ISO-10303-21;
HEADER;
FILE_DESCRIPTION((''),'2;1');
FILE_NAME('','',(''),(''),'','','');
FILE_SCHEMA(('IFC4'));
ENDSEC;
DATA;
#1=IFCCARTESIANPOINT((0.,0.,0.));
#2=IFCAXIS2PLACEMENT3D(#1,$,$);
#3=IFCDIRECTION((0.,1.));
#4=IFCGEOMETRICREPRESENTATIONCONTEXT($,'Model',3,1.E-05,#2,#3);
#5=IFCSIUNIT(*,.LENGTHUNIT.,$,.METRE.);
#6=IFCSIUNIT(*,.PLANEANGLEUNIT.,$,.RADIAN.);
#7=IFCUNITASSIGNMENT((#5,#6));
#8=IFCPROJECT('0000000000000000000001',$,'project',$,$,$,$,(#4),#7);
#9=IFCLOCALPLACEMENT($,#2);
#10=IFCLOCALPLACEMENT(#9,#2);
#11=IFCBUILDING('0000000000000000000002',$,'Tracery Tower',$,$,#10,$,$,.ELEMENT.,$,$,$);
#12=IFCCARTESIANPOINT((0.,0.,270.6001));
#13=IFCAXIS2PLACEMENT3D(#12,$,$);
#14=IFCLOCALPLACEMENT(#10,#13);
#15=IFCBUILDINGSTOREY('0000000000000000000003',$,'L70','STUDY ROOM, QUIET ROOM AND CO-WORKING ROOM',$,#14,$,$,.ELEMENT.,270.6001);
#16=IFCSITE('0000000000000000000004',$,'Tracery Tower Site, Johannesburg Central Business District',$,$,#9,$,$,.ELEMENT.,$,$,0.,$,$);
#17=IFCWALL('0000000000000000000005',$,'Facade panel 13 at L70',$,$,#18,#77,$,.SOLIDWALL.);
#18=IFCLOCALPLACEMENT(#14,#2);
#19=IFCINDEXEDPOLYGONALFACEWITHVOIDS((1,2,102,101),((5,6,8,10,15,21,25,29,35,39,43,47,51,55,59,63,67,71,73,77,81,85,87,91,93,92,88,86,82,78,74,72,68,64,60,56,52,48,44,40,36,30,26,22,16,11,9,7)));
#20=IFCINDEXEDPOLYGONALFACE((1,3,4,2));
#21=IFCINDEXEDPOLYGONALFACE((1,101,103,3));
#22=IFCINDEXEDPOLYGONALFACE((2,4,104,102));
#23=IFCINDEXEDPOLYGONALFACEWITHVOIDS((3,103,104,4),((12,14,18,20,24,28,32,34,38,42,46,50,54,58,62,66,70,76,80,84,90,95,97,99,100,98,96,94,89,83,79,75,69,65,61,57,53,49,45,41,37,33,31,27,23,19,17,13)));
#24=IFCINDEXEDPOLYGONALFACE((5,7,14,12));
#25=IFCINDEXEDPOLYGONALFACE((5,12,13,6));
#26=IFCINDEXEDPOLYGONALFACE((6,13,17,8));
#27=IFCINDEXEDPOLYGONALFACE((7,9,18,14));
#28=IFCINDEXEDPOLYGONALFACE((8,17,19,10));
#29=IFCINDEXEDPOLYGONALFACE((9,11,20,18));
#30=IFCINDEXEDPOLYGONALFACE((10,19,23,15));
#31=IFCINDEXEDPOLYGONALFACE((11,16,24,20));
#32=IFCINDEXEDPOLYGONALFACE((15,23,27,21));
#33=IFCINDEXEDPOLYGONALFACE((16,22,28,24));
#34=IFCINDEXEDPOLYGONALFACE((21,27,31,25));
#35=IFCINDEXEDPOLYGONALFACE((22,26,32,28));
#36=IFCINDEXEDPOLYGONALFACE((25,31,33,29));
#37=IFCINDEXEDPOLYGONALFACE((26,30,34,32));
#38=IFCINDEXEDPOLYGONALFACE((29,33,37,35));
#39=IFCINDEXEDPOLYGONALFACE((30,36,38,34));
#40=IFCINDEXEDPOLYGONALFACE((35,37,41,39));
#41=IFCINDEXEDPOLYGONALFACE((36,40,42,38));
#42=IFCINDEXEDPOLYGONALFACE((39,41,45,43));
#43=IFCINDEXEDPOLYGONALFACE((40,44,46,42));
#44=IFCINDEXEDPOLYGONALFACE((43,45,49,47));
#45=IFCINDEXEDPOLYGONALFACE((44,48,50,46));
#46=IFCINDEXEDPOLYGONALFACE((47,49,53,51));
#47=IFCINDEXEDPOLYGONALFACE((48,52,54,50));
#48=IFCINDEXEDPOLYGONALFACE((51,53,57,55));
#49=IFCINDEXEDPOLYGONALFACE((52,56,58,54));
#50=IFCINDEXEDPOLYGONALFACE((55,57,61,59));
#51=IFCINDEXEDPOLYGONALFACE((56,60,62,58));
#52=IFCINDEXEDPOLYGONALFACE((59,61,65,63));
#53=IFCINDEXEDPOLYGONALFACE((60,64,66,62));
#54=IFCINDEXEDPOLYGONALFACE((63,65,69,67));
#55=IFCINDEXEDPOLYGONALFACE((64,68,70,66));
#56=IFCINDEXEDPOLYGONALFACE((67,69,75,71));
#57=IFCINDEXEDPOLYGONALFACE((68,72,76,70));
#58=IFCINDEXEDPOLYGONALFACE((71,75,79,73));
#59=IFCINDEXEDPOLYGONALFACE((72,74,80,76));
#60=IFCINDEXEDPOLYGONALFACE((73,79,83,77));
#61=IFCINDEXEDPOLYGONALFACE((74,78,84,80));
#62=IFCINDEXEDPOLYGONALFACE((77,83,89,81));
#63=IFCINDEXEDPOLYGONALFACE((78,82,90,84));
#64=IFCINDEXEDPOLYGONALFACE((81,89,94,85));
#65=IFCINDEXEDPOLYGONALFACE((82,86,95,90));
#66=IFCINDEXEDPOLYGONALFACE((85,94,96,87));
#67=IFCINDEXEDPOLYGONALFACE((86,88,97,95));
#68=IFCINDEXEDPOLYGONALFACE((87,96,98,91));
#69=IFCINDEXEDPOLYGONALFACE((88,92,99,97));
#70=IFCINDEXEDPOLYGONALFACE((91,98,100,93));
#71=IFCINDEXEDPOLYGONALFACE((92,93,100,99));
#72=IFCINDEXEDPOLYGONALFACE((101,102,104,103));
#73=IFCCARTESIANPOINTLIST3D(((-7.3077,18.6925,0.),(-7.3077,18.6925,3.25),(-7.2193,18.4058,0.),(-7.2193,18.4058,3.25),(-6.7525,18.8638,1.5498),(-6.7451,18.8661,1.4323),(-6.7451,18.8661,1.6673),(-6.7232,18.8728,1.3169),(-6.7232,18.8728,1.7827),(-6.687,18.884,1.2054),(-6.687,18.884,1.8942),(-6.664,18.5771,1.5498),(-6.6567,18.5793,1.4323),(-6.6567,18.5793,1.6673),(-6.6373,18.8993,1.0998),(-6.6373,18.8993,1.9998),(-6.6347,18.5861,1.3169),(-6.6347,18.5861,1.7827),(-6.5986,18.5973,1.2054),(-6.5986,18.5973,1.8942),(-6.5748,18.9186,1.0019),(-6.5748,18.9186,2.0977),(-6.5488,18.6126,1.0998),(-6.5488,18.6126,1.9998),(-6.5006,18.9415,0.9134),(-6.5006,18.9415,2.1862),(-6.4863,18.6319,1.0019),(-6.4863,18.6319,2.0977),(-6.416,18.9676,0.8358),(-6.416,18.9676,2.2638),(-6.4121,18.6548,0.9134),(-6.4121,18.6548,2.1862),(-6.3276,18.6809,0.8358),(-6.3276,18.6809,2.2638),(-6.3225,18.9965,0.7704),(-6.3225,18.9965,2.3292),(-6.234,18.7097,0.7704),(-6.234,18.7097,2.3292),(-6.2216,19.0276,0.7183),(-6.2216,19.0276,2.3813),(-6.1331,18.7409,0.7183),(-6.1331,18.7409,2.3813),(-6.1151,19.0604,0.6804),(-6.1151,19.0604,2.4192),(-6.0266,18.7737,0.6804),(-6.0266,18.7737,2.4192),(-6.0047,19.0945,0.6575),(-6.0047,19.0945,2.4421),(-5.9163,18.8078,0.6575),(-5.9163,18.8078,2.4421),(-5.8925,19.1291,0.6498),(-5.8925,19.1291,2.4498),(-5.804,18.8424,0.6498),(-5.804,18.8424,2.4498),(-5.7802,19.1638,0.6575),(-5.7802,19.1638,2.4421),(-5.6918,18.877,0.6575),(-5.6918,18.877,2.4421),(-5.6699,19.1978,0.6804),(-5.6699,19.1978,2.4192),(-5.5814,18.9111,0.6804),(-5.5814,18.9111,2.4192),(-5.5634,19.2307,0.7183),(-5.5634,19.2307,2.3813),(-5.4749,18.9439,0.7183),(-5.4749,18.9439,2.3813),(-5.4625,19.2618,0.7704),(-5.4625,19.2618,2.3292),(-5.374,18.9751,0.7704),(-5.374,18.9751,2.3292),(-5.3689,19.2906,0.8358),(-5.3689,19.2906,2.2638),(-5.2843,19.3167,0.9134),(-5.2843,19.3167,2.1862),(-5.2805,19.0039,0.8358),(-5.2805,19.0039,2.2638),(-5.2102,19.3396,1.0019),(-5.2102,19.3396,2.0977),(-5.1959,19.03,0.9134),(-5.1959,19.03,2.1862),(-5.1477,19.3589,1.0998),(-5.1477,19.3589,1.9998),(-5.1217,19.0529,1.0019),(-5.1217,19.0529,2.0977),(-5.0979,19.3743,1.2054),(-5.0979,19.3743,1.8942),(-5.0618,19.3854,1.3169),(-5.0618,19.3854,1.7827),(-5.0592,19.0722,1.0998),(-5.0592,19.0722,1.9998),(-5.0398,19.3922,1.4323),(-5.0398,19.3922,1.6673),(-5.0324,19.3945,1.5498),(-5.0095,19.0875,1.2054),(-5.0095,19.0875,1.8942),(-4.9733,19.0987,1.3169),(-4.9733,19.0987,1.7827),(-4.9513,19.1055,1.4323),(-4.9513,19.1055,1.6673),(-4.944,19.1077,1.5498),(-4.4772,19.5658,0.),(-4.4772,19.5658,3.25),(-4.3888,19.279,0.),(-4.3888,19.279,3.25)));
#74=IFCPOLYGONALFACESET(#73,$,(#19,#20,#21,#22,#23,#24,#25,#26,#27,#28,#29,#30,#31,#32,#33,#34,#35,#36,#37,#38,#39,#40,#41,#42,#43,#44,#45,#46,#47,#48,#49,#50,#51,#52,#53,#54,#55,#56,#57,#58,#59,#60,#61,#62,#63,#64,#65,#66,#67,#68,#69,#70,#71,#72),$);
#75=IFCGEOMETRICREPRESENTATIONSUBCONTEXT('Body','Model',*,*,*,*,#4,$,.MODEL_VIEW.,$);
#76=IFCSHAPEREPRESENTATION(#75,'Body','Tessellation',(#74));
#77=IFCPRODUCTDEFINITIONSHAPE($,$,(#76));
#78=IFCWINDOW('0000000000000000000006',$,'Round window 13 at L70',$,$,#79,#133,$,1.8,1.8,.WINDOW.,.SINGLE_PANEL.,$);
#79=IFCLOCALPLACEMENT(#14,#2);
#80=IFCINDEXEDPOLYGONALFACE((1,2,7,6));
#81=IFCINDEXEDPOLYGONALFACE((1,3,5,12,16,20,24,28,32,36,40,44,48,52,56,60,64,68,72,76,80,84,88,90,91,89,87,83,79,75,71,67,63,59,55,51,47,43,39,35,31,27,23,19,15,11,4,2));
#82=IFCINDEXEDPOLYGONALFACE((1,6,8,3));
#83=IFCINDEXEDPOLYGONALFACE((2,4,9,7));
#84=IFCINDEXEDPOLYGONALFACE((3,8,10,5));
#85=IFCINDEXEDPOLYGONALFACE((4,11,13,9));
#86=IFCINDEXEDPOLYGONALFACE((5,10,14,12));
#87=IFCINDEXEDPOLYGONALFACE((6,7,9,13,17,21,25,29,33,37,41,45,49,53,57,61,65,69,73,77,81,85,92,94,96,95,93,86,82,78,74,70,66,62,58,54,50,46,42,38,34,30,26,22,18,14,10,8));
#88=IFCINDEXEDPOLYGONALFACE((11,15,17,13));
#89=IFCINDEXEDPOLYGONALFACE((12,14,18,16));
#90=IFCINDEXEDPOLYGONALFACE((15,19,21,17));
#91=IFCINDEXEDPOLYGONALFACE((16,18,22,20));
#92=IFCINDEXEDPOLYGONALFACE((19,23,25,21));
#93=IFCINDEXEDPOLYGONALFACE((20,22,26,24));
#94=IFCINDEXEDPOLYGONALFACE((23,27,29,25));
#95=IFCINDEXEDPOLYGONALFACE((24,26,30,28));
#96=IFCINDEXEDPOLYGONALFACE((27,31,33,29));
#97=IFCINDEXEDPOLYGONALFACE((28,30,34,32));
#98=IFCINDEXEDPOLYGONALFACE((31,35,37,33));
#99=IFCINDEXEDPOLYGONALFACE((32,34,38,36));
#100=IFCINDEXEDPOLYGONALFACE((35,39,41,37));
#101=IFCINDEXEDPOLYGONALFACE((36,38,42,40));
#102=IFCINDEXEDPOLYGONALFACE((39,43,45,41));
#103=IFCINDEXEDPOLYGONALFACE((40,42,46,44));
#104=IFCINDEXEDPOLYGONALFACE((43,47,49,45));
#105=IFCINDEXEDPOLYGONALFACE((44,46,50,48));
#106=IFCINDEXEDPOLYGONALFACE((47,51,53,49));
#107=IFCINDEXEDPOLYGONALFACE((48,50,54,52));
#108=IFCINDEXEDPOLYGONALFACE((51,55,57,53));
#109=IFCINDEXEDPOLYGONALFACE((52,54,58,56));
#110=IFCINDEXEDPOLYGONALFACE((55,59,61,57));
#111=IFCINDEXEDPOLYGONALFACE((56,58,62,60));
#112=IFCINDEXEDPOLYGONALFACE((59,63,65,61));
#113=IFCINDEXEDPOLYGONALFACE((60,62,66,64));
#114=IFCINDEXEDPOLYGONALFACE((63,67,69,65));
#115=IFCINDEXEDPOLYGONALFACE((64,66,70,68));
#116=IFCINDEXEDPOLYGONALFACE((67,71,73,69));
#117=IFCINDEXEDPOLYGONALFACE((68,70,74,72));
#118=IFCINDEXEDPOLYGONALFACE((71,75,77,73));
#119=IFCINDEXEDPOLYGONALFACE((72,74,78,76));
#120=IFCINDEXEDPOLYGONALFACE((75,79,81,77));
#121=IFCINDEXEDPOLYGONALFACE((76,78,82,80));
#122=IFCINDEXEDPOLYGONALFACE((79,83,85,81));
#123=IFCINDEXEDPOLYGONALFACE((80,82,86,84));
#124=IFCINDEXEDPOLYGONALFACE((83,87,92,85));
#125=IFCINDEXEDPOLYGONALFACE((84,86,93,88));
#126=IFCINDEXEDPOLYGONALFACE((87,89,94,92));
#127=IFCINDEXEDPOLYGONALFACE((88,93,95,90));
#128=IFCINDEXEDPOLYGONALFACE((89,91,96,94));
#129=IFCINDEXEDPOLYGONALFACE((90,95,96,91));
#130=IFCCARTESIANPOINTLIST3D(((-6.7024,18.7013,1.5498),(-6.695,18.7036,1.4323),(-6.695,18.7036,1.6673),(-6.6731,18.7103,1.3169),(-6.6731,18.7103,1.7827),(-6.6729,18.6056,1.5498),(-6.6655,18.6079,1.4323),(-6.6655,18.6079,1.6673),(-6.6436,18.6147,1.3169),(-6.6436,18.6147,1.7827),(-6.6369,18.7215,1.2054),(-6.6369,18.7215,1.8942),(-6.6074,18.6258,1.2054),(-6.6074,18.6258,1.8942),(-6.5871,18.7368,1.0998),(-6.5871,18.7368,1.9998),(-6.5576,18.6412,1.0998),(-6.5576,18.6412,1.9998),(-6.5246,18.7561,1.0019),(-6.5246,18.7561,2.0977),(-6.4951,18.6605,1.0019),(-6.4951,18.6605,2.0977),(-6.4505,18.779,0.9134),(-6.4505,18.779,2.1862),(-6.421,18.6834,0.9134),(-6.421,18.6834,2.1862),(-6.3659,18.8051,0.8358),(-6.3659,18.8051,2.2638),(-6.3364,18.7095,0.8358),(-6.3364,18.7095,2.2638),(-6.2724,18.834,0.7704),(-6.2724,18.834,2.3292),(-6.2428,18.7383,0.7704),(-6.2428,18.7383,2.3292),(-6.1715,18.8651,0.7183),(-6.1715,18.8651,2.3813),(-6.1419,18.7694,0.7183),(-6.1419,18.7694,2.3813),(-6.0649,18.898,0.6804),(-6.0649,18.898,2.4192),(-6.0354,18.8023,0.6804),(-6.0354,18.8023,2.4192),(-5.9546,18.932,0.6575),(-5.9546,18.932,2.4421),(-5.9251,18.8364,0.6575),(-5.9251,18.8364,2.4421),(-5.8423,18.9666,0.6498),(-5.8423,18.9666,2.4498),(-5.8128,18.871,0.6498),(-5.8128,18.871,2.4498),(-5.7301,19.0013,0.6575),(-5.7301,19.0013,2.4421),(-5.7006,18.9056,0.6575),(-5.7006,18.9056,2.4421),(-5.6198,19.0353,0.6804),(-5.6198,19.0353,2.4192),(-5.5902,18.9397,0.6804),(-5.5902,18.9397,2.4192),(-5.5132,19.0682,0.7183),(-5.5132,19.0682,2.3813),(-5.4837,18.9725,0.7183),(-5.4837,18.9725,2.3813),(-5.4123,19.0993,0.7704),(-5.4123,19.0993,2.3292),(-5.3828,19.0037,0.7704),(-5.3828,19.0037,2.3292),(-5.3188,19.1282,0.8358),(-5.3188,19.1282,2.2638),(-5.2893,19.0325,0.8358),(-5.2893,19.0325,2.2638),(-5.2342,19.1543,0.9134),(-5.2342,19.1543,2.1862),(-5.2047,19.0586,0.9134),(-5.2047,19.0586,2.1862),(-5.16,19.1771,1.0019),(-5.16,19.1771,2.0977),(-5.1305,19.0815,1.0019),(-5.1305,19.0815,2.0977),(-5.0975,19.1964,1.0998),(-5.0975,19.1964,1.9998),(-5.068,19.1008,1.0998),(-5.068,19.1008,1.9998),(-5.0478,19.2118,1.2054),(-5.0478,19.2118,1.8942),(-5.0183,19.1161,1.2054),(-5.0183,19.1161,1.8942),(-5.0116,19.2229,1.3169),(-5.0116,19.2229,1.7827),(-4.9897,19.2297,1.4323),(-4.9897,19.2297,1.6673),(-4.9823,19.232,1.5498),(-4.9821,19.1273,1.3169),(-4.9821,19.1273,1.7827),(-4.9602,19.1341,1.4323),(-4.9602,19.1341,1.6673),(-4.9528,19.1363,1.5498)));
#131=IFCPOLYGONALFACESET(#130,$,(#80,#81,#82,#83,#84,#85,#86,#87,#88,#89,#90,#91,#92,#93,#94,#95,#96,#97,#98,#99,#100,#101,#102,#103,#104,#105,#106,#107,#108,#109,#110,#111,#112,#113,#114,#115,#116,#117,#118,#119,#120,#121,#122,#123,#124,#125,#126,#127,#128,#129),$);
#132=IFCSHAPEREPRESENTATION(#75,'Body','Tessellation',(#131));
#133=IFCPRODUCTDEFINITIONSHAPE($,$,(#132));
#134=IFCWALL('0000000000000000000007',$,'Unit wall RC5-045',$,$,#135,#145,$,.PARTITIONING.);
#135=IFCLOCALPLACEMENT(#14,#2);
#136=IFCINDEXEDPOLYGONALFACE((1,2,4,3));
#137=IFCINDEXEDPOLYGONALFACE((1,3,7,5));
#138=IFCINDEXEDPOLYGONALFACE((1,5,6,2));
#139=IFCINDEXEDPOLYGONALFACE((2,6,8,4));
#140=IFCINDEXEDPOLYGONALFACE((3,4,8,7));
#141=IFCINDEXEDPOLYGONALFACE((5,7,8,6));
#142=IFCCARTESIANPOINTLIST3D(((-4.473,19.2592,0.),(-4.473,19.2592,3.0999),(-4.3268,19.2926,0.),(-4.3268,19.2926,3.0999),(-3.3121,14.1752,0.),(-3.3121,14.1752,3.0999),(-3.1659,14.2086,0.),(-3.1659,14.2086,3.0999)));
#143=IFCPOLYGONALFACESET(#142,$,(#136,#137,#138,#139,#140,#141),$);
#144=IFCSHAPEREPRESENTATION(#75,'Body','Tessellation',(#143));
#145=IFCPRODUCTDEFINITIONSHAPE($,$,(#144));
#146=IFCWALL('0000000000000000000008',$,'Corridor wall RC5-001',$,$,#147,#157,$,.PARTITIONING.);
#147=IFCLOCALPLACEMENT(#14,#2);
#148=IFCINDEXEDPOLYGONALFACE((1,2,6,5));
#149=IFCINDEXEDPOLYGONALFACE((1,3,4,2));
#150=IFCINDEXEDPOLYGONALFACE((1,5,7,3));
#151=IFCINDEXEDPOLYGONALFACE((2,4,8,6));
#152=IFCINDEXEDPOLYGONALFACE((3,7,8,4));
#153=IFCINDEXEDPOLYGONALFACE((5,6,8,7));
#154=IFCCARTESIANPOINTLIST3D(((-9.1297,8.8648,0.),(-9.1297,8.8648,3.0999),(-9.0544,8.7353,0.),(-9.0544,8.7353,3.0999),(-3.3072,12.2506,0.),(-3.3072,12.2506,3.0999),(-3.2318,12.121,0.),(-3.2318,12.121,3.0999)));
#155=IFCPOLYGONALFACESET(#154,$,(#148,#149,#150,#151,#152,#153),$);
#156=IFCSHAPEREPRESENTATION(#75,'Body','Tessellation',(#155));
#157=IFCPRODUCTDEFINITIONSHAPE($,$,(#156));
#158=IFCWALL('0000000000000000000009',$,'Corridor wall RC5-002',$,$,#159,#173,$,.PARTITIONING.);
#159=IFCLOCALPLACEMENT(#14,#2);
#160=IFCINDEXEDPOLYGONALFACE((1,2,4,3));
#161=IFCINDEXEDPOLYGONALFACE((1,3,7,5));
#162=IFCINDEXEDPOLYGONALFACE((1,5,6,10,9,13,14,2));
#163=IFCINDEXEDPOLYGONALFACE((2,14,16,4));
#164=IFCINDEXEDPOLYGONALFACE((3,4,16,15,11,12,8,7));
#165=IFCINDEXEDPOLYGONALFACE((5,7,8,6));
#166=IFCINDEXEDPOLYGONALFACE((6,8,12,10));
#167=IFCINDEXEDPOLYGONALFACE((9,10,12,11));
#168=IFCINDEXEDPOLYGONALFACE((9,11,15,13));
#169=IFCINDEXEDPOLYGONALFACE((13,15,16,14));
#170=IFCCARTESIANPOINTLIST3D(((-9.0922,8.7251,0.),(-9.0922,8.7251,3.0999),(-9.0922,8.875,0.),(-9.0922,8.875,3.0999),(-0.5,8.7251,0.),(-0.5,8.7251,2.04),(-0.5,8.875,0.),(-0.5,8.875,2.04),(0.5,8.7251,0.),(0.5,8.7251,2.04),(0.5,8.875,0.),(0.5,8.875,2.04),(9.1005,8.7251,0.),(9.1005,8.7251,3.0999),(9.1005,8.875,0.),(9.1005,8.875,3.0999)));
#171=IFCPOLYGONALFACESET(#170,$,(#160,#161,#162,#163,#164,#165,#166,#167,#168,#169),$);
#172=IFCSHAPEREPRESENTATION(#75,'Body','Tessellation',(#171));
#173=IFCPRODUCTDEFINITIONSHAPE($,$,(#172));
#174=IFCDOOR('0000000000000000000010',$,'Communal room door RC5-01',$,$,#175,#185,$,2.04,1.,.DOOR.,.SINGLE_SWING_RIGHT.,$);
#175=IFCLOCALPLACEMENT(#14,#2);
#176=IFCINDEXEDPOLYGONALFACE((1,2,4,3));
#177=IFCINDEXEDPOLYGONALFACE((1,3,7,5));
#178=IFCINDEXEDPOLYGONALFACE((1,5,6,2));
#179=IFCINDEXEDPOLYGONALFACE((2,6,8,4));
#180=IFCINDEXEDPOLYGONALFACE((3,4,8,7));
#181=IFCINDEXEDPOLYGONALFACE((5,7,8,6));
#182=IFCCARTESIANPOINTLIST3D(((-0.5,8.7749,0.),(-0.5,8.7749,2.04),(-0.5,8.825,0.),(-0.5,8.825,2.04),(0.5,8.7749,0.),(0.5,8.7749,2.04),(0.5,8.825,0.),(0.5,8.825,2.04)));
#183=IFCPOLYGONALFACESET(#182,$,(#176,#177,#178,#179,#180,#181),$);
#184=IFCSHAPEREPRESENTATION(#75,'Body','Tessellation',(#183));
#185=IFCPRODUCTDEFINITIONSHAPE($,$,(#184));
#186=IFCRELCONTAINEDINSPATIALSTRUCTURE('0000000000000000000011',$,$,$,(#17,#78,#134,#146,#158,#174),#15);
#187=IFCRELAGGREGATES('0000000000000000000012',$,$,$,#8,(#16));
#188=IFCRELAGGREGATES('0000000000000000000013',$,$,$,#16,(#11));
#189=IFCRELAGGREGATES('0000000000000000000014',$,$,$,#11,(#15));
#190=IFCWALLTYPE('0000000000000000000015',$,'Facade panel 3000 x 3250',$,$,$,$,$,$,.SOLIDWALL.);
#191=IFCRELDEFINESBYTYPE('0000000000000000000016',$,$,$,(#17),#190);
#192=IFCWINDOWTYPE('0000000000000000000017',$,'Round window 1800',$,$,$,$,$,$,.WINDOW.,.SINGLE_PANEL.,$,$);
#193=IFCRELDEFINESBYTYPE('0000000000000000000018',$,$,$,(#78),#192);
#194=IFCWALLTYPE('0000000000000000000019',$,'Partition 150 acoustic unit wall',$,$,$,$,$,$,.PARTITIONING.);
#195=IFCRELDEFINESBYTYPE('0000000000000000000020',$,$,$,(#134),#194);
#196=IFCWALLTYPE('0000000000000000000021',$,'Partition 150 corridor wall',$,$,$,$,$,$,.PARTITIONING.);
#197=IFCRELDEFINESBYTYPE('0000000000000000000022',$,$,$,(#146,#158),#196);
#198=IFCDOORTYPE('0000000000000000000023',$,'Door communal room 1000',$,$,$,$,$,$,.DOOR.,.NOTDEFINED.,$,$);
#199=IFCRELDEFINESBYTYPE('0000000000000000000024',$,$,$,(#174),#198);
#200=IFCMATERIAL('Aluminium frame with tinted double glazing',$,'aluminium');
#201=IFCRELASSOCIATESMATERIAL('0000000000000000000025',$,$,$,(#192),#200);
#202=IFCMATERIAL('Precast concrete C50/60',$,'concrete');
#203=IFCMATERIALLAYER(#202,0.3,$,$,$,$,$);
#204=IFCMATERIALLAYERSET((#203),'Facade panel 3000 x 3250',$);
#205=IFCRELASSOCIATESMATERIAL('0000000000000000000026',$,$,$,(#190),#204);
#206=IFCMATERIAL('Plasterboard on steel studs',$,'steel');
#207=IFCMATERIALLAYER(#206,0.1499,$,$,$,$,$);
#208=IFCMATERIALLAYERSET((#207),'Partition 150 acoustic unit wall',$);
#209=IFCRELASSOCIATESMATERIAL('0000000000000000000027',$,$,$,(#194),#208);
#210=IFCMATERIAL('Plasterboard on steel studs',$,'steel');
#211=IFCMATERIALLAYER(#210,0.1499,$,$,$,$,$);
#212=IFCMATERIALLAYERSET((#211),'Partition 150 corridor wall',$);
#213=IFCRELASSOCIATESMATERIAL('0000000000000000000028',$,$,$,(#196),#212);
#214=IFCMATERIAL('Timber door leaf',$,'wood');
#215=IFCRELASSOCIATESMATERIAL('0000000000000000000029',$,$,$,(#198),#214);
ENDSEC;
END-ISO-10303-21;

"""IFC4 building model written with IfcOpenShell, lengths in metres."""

from ifc_helpers import new_model, si_unit, direction, frame, frame_2d, origin, origin_2d, place, context, subcontext, project, spatial, rectangle, circle, extrude, material, layer, layer_set, type_object, element, fill, save


model = new_model("IFC4")

# Units and contexts
model_context = context("Model", 3, precision=1e-05, world=origin(), true_north=direction((0.0, 1.0)))
body_context = subcontext(model_context, "Body", "Model", "MODEL_VIEW")
ifc_project = project(units=[si_unit("LENGTHUNIT", "METRE"), si_unit("PLANEANGLEUNIT", "RADIAN")], contexts=[model_context])

# Site, building, storey
site_placement = place(None, origin())
site = spatial("IfcSite", under=ifc_project, at=site_placement, Name="Tracery Tower Site, Johannesburg Central Business District", CompositionType="ELEMENT", RefElevation=0.0)
building_placement = place(site_placement, origin())
building = spatial("IfcBuilding", under=site, at=building_placement, Name="Tracery Tower", CompositionType="ELEMENT")
storey_placement = place(building_placement, frame((0.0, 0.0, 270.6001)))
storey = spatial("IfcBuildingStorey", under=building, at=storey_placement, Name="L70", Description="STUDY ROOM, QUIET ROOM AND CO-WORKING ROOM", CompositionType="ELEMENT", Elevation=270.6001)

# Wall, opening, window
ifc_material_1 = material(Name="Aluminium frame with tinted double glazing", Category="aluminium")
window_type = type_object("IfcWindowType", Name="Round window 1800", PartitioningType="SINGLE_PANEL", PredefinedType="WINDOW", material=ifc_material_1)
ifc_material_2 = material(Name="Precast concrete C50/60", Category="concrete")
ifc_layer_1 = layer(ifc_material_2, 0.3)
ifc_layer_set_1 = layer_set([ifc_layer_1], Name="Facade panel 3000 x 3250")
wall_type_1 = type_object("IfcWallType", Name="Facade panel 3000 x 3250", PredefinedType="SOLIDWALL", material=ifc_layer_set_1)
wall_1_placement = place(storey_placement, frame((-4.4331, 19.4224, 0.0), z_axis=(0.0, 0.0, 1.0), x_axis=(-0.955556, -0.29481, 0.0)))
wall_1 = element("IfcWall", 1, at=wall_1_placement, inside=storey, type_object=wall_type_1, Name="Facade panel 13 at L70", PredefinedType="SOLIDWALL", context=body_context, shape_type="SweptSolid", body=[
    extrude(rectangle(XDim=2.9622, YDim=0.3, at=frame_2d((1.481, 0.0))), origin(), (0.0, 0.0, 1.0), 3.25),
])
opening_1_placement = place(wall_1_placement, frame((1.481, 0.0, 1.5498)))
opening_1 = element("IfcOpeningElement", 2, at=opening_1_placement, cuts=wall_1, PredefinedType="OPENING", context=body_context, shape_type="SweptSolid", body=[
    extrude(circle(Radius=0.9, at=origin_2d()), frame((0.0, 0.1599, 0.0), z_axis=(0.0, -1.0, 0.0), x_axis=(1.0, 0.0, 0.0)), (0.0, 0.0, 1.0), 0.3201),
])
window_1_placement = place(opening_1_placement, origin())
window_1 = element("IfcWindow", 3, at=window_1_placement, inside=storey, type_object=window_type, Name="Round window 13 at L70", OverallHeight=1.8, OverallWidth=1.8, PartitioningType="SINGLE_PANEL", PredefinedType="WINDOW", context=body_context, shape_type="SweptSolid", body=[
    extrude(circle(Radius=0.9, at=origin_2d()), frame((0.0, 0.1201, 0.0), z_axis=(0.0, -1.0, 0.0), x_axis=(1.0, 0.0, 0.0)), (0.0, 0.0, 1.0), 0.1001),
])
fill(opening_1, window_1)

# Walls
ifc_material_3 = material(Name="Plasterboard on steel studs", Category="steel")
ifc_layer_2 = layer(ifc_material_3, 0.1499)
ifc_layer_set_2 = layer_set([ifc_layer_2], Name="Partition 150 acoustic unit wall")
wall_type_2 = type_object("IfcWallType", Name="Partition 150 acoustic unit wall", PredefinedType="PARTITIONING", material=ifc_layer_set_2)
wall_2_placement = place(storey_placement, frame((-4.3999, 19.2759, 0.0), z_axis=(0.0, 0.0, 1.0), x_axis=(0.222613, -0.974907, 0.0)))
element("IfcWall", 4, at=wall_2_placement, inside=storey, type_object=wall_type_2, Name="Unit wall RC5-045", PredefinedType="PARTITIONING", context=body_context, shape_type="SweptSolid", body=[
    extrude(rectangle(XDim=5.2148, YDim=0.1499, at=frame_2d((2.6074, 0.0))), origin(), (0.0, 0.0, 1.0), 3.0999),
])
ifc_material_4 = material(Name="Plasterboard on steel studs", Category="steel")
ifc_layer_3 = layer(ifc_material_4, 0.1499)
ifc_layer_set_3 = layer_set([ifc_layer_3], Name="Partition 150 corridor wall")
wall_type_3 = type_object("IfcWallType", Name="Partition 150 corridor wall", PredefinedType="PARTITIONING", material=ifc_layer_set_3)
wall_3_placement = place(storey_placement, frame((-9.092, 8.8, 0.0), z_axis=(0.0, 0.0, 1.0), x_axis=(0.864471, 0.502683, 0.0)))
element("IfcWall", 5, at=wall_3_placement, inside=storey, type_object=wall_type_3, Name="Corridor wall RC5-001", PredefinedType="PARTITIONING", context=body_context, shape_type="SweptSolid", body=[
    extrude(rectangle(XDim=6.7354, YDim=0.1499, at=frame_2d((3.3677, 0.0))), origin(), (0.0, 0.0, 1.0), 3.0999),
])

# Wall, opening, door
wall_4_placement = place(storey_placement, frame((-9.092, 8.8, 0.0), z_axis=(0.0, 0.0, 1.0), x_axis=(1.0, 0.0, 0.0)))
wall_4 = element("IfcWall", 6, at=wall_4_placement, inside=storey, type_object=wall_type_3, Name="Corridor wall RC5-002", PredefinedType="PARTITIONING", context=body_context, shape_type="SweptSolid", body=[
    extrude(rectangle(XDim=18.1926, YDim=0.1499, at=frame_2d((9.0962, 0.0))), origin(), (0.0, 0.0, 1.0), 3.0999),
])
opening_2_placement = place(wall_4_placement, frame((8.592, 0.0, 0.0)))
opening_2 = element("IfcOpeningElement", 7, at=opening_2_placement, cuts=wall_4, PredefinedType="OPENING", context=body_context, shape_type="SweptSolid", body=[
    extrude(rectangle(XDim=1.0, YDim=2.04, at=frame_2d((0.5, 1.02))), frame((0.0, 0.075, 0.0), z_axis=(0.0, -1.0, 0.0), x_axis=(1.0, 0.0, 0.0)), (0.0, 0.0, 1.0), 0.1499),
])
ifc_material_5 = material(Name="Timber door leaf", Category="wood")
door_type = type_object("IfcDoorType", Name="Door communal room 1000", OperationType="NOTDEFINED", PredefinedType="DOOR", material=ifc_material_5)
door_1_placement = place(opening_2_placement, origin())
door_1 = element("IfcDoor", 8, at=door_1_placement, inside=storey, type_object=door_type, Name="Communal room door RC5-01", OperationType="SINGLE_SWING_RIGHT", OverallHeight=2.04, OverallWidth=1.0, PredefinedType="DOOR", context=body_context, shape_type="SweptSolid", body=[
    extrude(rectangle(XDim=1.0, YDim=2.04, at=frame_2d((0.5, 1.02))), frame((0.0, 0.0249, 0.0), z_axis=(0.0, -1.0, 0.0), x_axis=(1.0, 0.0, 0.0)), (0.0, 0.0, 1.0), 0.05),
])
fill(opening_2, door_1)

save(model, "model.ifc")
